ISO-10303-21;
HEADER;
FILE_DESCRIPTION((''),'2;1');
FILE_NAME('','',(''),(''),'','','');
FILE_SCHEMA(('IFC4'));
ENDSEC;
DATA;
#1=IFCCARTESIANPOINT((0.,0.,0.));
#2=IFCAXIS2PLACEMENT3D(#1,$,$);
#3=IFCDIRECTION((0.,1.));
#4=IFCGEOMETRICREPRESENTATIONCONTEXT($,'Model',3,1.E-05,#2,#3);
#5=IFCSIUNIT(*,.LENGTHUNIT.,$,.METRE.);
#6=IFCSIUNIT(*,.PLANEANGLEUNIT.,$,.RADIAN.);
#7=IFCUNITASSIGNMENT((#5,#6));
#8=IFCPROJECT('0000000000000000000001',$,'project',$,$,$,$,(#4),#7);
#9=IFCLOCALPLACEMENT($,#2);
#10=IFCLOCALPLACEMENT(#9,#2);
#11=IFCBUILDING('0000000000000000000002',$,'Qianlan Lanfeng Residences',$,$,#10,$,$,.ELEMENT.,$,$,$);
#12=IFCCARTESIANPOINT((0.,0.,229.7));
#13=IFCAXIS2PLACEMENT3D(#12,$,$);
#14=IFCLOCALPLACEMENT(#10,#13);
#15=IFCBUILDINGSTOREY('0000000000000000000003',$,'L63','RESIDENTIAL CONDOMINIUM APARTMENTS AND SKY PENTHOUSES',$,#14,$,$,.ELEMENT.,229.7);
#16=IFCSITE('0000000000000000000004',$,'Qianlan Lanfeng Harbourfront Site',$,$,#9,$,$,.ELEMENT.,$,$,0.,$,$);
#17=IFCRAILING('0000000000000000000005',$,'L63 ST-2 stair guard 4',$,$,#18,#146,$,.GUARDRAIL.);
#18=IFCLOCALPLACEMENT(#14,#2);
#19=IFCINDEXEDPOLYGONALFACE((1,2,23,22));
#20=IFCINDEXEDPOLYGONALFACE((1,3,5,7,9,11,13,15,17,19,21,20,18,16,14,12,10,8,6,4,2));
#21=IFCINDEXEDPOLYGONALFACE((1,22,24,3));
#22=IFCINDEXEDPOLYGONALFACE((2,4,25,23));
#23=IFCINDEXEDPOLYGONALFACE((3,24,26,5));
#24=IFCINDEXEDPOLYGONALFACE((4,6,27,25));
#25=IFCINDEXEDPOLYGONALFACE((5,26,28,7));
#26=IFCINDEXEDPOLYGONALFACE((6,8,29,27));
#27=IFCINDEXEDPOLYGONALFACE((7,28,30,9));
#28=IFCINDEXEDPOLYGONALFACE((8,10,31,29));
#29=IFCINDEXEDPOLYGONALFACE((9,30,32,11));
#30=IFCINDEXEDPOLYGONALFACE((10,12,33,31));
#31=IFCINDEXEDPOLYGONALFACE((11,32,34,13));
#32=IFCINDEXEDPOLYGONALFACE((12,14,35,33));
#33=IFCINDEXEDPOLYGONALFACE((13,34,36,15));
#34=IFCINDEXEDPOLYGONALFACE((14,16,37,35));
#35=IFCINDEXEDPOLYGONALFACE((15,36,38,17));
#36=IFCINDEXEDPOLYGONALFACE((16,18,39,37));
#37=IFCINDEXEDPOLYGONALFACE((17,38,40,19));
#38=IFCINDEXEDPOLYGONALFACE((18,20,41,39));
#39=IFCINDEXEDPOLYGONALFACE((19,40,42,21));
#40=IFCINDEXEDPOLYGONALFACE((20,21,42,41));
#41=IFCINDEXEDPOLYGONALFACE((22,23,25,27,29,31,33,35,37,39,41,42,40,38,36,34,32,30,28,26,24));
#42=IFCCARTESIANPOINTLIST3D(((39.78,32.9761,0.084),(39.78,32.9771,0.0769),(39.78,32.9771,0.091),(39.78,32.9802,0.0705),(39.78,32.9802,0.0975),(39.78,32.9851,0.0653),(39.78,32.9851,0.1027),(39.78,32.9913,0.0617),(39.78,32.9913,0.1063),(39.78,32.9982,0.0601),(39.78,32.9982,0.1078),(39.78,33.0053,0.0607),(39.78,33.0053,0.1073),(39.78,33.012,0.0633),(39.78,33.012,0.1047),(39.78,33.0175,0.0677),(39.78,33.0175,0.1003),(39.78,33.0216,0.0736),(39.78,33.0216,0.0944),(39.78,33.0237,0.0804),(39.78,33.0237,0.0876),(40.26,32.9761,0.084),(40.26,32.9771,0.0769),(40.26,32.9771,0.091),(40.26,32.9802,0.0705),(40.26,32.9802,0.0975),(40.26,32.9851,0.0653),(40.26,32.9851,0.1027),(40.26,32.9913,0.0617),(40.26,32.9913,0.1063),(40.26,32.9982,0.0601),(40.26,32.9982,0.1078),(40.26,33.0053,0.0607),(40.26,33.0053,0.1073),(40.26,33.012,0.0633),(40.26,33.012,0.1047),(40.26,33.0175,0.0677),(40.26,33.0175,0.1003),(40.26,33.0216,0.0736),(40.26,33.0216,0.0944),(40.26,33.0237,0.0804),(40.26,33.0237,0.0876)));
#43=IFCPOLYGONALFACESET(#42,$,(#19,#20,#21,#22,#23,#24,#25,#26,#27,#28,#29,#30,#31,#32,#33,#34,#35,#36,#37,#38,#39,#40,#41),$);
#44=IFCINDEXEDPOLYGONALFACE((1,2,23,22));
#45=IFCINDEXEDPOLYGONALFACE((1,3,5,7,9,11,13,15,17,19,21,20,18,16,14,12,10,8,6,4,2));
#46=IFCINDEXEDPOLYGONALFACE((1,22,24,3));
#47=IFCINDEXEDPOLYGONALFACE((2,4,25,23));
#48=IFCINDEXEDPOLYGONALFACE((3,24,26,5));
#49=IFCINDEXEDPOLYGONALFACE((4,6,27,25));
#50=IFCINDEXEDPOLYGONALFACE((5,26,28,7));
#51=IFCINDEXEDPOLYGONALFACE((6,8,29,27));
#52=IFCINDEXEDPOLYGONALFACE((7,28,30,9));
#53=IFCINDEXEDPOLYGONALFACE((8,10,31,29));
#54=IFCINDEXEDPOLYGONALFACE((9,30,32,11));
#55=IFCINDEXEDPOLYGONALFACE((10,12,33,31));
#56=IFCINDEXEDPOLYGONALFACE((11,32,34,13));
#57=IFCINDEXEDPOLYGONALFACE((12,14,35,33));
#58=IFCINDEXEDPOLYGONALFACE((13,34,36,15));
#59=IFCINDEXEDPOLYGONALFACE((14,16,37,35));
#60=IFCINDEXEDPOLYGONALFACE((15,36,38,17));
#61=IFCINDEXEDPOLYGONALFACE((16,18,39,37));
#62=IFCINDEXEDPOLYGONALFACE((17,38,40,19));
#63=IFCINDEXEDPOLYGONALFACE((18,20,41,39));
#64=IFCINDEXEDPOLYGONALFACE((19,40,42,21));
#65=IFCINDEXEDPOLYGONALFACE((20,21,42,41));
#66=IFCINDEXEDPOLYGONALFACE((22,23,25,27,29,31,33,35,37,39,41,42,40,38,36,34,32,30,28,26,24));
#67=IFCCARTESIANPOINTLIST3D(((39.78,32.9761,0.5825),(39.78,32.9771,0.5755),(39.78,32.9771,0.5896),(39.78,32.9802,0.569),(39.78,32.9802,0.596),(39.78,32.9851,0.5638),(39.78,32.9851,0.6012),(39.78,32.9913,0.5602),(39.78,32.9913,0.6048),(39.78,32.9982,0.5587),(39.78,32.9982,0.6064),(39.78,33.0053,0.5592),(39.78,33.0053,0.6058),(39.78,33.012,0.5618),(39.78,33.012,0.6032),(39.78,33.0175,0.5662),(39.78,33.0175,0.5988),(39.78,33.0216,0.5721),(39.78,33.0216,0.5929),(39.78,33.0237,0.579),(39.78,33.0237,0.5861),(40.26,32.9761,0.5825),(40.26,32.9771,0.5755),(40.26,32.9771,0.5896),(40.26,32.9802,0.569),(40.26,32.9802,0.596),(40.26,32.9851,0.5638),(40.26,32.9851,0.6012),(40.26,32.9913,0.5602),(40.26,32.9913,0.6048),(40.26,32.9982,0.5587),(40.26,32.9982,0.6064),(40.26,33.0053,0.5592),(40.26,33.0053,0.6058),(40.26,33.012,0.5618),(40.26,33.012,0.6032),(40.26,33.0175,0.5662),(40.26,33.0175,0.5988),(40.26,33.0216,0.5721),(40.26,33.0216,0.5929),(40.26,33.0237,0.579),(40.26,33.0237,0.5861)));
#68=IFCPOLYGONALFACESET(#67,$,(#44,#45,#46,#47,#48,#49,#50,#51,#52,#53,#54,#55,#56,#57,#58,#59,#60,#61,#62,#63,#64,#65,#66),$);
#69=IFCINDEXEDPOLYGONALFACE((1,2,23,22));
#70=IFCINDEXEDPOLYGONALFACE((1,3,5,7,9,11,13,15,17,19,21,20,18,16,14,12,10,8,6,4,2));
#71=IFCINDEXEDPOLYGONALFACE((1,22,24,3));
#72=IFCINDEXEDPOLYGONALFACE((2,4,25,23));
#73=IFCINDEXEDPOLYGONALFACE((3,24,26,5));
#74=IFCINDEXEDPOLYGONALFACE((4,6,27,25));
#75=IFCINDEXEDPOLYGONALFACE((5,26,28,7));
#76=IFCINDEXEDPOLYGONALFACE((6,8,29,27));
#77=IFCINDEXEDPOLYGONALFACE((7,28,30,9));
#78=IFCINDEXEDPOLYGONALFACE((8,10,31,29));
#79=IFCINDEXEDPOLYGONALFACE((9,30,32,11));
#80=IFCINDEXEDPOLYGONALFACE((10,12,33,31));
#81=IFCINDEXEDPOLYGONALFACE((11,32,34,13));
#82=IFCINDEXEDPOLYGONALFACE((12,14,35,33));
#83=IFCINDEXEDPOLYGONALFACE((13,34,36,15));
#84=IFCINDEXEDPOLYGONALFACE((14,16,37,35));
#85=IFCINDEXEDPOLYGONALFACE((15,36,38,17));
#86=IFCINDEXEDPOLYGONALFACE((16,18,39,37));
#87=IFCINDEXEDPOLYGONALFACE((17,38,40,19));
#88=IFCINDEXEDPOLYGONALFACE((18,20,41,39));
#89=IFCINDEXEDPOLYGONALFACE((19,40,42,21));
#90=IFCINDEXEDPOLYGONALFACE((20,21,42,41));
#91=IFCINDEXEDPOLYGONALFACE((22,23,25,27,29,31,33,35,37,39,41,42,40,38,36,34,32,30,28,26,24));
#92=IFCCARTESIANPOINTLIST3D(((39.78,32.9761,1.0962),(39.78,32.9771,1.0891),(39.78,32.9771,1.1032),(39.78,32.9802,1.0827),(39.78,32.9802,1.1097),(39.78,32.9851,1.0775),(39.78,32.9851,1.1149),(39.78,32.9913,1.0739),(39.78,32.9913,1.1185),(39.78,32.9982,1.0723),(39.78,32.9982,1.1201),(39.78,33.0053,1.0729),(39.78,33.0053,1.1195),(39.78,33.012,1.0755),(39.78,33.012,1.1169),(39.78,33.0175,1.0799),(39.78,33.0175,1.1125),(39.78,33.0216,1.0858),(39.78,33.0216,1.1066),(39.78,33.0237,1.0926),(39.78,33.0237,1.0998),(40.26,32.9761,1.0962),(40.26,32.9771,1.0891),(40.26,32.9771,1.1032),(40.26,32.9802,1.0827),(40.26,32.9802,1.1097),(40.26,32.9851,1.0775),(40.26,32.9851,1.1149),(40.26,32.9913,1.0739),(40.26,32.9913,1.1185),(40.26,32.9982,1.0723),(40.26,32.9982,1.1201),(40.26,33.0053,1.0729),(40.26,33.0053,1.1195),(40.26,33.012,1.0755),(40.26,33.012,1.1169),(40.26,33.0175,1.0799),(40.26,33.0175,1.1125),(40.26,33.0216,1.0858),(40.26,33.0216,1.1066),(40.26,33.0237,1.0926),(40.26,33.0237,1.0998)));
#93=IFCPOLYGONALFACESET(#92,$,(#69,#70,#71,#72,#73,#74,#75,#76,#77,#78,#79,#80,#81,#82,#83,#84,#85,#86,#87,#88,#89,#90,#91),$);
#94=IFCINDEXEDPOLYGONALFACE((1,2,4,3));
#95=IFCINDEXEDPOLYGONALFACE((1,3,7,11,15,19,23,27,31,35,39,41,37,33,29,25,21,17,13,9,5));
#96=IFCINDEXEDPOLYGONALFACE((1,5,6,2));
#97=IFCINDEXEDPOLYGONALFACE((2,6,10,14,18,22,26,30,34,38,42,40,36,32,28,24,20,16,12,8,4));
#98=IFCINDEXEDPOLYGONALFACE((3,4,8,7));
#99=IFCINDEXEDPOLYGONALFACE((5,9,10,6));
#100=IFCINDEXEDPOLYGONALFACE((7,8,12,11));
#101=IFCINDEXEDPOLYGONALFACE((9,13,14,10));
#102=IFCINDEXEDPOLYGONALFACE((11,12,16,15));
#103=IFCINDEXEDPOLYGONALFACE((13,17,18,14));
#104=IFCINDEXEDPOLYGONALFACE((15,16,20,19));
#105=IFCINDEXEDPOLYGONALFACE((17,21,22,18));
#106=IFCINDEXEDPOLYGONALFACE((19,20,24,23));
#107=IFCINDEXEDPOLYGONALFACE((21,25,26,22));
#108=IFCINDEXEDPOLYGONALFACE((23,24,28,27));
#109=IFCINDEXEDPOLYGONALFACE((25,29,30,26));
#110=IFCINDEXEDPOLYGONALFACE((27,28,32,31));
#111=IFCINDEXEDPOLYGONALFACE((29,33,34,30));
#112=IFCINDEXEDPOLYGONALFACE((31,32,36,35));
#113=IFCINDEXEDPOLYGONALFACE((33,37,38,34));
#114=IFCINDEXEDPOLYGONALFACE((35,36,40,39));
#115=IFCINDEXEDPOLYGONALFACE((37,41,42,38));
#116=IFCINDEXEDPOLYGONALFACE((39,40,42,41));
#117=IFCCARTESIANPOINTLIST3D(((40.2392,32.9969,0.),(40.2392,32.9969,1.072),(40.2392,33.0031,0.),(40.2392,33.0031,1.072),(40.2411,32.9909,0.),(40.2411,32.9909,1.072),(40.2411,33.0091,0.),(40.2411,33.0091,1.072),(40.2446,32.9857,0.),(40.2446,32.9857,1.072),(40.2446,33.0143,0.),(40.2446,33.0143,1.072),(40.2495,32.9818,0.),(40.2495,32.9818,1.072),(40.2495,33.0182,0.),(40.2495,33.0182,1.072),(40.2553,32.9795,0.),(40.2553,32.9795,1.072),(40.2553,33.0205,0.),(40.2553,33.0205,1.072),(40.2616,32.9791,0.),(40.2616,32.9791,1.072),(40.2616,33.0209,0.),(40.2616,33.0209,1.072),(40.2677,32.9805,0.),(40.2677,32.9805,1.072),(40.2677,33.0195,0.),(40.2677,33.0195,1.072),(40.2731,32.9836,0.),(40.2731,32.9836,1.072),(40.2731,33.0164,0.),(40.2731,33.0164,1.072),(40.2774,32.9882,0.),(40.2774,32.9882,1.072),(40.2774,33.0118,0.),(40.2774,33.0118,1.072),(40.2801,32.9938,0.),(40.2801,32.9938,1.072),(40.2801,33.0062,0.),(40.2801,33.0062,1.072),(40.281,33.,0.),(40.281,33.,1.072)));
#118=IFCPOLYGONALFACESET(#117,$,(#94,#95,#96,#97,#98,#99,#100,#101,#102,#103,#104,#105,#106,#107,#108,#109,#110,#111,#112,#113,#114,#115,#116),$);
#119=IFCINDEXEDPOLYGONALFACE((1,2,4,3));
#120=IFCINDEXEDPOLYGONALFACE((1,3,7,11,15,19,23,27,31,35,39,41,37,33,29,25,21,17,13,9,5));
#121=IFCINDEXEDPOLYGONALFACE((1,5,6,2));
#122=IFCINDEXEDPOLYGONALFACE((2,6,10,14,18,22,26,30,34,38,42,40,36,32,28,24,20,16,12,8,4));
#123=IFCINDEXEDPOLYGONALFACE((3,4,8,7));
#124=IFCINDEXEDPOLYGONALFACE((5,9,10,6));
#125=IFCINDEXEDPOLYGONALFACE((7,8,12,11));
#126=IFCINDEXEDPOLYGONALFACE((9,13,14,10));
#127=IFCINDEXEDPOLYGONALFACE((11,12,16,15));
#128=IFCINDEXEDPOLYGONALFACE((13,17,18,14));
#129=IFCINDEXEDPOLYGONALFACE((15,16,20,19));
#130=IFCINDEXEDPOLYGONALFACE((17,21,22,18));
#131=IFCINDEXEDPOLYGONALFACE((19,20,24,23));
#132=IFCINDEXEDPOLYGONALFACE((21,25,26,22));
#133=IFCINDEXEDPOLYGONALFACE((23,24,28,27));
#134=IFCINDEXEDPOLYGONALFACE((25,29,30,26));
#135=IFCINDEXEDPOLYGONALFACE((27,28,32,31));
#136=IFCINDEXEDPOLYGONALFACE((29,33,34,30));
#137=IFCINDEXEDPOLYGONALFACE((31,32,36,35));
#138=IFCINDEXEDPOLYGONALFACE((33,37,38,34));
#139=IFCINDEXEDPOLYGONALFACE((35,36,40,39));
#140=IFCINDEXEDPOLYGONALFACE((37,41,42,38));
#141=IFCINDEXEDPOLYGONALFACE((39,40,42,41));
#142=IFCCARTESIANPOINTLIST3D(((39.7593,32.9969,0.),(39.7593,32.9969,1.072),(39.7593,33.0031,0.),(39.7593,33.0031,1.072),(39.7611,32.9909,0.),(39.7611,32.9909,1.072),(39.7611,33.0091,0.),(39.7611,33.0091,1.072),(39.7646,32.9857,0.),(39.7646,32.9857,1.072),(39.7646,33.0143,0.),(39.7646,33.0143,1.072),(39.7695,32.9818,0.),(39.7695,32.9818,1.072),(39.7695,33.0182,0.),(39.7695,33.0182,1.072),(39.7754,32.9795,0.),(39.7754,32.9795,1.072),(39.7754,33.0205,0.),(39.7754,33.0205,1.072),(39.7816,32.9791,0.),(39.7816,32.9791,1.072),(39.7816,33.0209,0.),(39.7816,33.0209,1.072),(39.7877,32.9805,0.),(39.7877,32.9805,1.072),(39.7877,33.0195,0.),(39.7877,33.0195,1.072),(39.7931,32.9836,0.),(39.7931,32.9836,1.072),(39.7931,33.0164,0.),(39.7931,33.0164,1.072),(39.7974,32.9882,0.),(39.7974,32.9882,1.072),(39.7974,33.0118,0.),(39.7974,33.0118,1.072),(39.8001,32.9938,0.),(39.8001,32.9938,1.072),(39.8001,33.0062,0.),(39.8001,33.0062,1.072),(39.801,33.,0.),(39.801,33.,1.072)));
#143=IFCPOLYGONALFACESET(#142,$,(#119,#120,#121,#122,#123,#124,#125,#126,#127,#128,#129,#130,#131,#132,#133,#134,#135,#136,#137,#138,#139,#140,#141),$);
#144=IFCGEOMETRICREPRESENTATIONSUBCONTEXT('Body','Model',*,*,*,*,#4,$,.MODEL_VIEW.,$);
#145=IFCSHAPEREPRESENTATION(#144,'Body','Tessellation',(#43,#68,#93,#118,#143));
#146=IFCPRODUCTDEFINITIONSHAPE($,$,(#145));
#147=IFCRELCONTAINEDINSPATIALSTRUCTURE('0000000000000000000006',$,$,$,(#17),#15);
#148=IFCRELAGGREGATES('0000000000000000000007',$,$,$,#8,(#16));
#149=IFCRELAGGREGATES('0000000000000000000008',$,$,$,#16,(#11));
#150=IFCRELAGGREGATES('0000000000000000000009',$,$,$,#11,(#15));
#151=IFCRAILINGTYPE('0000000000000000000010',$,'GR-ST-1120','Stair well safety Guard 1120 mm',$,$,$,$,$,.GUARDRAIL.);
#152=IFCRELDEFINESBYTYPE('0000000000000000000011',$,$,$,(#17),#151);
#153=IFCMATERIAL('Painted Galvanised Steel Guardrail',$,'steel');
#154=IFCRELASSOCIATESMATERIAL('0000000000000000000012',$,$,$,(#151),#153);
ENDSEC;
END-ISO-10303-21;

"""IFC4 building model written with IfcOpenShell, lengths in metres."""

from ifc_helpers import new_model, si_unit, direction, frame, origin, origin_2d, place, context, subcontext, project, spatial, circle, extrude, material, type_object, element, save


model = new_model("IFC4")

# Units and contexts
model_context = context("Model", 3, precision=1e-05, world=origin(), true_north=direction((0.0, 1.0)))
body_context = subcontext(model_context, "Body", "Model", "MODEL_VIEW")
ifc_project = project(units=[si_unit("LENGTHUNIT", "METRE"), si_unit("PLANEANGLEUNIT", "RADIAN")], contexts=[model_context])

# Site, building, storey
site_placement = place(None, origin())
site = spatial("IfcSite", under=ifc_project, at=site_placement, Name="Qianlan Lanfeng Harbourfront Site", CompositionType="ELEMENT", RefElevation=0.0)
building_placement = place(site_placement, origin())
building = spatial("IfcBuilding", under=site, at=building_placement, Name="Qianlan Lanfeng Residences", CompositionType="ELEMENT")
storey_placement = place(building_placement, frame((0.0, 0.0, 229.7)))
storey = spatial("IfcBuildingStorey", under=building, at=storey_placement, Name="L63", Description="RESIDENTIAL CONDOMINIUM APARTMENTS AND SKY PENTHOUSES", CompositionType="ELEMENT", Elevation=229.7)

# Railing
ifc_material_1 = material(Name="Painted Galvanised Steel Guardrail", Category="steel")
railing_type_1 = type_object("IfcRailingType", Name="GR-ST-1120", Description="Stair well safety Guard 1120 mm", PredefinedType="GUARDRAIL", material=ifc_material_1)
railing_1_placement = place(storey_placement, frame((40.26, 33.0, 0.0)))
element("IfcRailing", 1, at=railing_1_placement, inside=storey, type_object=railing_type_1, Name="L63 ST-2 stair guard 4", PredefinedType="GUARDRAIL", context=body_context, shape_type="SweptSolid", body=[
    extrude(circle(Radius=0.0239, at=origin_2d()), frame((0.0, 0.0, 0.084), z_axis=(-1.0, 0.0, 0.0), x_axis=(0.0, -1.0, 0.0)), (0.0, 0.0, 1.0), 0.48),
    extrude(circle(Radius=0.0239, at=origin_2d()), frame((0.0, 0.0, 0.5825), z_axis=(-1.0, 0.0, 0.0), x_axis=(0.0, -1.0, 0.0)), (0.0, 0.0, 1.0), 0.48),
    extrude(circle(Radius=0.0239, at=origin_2d()), frame((0.0, 0.0, 1.0962), z_axis=(-1.0, 0.0, 0.0), x_axis=(0.0, -1.0, 0.0)), (0.0, 0.0, 1.0), 0.48),
    extrude(circle(Radius=0.021, at=origin_2d()), origin(), (0.0, 0.0, 1.0), 1.072),
    extrude(circle(Radius=0.021, at=origin_2d()), frame((-0.48, 0.0, 0.0)), (0.0, 0.0, 1.0), 1.072),
])

save(model, "model.ifc")
